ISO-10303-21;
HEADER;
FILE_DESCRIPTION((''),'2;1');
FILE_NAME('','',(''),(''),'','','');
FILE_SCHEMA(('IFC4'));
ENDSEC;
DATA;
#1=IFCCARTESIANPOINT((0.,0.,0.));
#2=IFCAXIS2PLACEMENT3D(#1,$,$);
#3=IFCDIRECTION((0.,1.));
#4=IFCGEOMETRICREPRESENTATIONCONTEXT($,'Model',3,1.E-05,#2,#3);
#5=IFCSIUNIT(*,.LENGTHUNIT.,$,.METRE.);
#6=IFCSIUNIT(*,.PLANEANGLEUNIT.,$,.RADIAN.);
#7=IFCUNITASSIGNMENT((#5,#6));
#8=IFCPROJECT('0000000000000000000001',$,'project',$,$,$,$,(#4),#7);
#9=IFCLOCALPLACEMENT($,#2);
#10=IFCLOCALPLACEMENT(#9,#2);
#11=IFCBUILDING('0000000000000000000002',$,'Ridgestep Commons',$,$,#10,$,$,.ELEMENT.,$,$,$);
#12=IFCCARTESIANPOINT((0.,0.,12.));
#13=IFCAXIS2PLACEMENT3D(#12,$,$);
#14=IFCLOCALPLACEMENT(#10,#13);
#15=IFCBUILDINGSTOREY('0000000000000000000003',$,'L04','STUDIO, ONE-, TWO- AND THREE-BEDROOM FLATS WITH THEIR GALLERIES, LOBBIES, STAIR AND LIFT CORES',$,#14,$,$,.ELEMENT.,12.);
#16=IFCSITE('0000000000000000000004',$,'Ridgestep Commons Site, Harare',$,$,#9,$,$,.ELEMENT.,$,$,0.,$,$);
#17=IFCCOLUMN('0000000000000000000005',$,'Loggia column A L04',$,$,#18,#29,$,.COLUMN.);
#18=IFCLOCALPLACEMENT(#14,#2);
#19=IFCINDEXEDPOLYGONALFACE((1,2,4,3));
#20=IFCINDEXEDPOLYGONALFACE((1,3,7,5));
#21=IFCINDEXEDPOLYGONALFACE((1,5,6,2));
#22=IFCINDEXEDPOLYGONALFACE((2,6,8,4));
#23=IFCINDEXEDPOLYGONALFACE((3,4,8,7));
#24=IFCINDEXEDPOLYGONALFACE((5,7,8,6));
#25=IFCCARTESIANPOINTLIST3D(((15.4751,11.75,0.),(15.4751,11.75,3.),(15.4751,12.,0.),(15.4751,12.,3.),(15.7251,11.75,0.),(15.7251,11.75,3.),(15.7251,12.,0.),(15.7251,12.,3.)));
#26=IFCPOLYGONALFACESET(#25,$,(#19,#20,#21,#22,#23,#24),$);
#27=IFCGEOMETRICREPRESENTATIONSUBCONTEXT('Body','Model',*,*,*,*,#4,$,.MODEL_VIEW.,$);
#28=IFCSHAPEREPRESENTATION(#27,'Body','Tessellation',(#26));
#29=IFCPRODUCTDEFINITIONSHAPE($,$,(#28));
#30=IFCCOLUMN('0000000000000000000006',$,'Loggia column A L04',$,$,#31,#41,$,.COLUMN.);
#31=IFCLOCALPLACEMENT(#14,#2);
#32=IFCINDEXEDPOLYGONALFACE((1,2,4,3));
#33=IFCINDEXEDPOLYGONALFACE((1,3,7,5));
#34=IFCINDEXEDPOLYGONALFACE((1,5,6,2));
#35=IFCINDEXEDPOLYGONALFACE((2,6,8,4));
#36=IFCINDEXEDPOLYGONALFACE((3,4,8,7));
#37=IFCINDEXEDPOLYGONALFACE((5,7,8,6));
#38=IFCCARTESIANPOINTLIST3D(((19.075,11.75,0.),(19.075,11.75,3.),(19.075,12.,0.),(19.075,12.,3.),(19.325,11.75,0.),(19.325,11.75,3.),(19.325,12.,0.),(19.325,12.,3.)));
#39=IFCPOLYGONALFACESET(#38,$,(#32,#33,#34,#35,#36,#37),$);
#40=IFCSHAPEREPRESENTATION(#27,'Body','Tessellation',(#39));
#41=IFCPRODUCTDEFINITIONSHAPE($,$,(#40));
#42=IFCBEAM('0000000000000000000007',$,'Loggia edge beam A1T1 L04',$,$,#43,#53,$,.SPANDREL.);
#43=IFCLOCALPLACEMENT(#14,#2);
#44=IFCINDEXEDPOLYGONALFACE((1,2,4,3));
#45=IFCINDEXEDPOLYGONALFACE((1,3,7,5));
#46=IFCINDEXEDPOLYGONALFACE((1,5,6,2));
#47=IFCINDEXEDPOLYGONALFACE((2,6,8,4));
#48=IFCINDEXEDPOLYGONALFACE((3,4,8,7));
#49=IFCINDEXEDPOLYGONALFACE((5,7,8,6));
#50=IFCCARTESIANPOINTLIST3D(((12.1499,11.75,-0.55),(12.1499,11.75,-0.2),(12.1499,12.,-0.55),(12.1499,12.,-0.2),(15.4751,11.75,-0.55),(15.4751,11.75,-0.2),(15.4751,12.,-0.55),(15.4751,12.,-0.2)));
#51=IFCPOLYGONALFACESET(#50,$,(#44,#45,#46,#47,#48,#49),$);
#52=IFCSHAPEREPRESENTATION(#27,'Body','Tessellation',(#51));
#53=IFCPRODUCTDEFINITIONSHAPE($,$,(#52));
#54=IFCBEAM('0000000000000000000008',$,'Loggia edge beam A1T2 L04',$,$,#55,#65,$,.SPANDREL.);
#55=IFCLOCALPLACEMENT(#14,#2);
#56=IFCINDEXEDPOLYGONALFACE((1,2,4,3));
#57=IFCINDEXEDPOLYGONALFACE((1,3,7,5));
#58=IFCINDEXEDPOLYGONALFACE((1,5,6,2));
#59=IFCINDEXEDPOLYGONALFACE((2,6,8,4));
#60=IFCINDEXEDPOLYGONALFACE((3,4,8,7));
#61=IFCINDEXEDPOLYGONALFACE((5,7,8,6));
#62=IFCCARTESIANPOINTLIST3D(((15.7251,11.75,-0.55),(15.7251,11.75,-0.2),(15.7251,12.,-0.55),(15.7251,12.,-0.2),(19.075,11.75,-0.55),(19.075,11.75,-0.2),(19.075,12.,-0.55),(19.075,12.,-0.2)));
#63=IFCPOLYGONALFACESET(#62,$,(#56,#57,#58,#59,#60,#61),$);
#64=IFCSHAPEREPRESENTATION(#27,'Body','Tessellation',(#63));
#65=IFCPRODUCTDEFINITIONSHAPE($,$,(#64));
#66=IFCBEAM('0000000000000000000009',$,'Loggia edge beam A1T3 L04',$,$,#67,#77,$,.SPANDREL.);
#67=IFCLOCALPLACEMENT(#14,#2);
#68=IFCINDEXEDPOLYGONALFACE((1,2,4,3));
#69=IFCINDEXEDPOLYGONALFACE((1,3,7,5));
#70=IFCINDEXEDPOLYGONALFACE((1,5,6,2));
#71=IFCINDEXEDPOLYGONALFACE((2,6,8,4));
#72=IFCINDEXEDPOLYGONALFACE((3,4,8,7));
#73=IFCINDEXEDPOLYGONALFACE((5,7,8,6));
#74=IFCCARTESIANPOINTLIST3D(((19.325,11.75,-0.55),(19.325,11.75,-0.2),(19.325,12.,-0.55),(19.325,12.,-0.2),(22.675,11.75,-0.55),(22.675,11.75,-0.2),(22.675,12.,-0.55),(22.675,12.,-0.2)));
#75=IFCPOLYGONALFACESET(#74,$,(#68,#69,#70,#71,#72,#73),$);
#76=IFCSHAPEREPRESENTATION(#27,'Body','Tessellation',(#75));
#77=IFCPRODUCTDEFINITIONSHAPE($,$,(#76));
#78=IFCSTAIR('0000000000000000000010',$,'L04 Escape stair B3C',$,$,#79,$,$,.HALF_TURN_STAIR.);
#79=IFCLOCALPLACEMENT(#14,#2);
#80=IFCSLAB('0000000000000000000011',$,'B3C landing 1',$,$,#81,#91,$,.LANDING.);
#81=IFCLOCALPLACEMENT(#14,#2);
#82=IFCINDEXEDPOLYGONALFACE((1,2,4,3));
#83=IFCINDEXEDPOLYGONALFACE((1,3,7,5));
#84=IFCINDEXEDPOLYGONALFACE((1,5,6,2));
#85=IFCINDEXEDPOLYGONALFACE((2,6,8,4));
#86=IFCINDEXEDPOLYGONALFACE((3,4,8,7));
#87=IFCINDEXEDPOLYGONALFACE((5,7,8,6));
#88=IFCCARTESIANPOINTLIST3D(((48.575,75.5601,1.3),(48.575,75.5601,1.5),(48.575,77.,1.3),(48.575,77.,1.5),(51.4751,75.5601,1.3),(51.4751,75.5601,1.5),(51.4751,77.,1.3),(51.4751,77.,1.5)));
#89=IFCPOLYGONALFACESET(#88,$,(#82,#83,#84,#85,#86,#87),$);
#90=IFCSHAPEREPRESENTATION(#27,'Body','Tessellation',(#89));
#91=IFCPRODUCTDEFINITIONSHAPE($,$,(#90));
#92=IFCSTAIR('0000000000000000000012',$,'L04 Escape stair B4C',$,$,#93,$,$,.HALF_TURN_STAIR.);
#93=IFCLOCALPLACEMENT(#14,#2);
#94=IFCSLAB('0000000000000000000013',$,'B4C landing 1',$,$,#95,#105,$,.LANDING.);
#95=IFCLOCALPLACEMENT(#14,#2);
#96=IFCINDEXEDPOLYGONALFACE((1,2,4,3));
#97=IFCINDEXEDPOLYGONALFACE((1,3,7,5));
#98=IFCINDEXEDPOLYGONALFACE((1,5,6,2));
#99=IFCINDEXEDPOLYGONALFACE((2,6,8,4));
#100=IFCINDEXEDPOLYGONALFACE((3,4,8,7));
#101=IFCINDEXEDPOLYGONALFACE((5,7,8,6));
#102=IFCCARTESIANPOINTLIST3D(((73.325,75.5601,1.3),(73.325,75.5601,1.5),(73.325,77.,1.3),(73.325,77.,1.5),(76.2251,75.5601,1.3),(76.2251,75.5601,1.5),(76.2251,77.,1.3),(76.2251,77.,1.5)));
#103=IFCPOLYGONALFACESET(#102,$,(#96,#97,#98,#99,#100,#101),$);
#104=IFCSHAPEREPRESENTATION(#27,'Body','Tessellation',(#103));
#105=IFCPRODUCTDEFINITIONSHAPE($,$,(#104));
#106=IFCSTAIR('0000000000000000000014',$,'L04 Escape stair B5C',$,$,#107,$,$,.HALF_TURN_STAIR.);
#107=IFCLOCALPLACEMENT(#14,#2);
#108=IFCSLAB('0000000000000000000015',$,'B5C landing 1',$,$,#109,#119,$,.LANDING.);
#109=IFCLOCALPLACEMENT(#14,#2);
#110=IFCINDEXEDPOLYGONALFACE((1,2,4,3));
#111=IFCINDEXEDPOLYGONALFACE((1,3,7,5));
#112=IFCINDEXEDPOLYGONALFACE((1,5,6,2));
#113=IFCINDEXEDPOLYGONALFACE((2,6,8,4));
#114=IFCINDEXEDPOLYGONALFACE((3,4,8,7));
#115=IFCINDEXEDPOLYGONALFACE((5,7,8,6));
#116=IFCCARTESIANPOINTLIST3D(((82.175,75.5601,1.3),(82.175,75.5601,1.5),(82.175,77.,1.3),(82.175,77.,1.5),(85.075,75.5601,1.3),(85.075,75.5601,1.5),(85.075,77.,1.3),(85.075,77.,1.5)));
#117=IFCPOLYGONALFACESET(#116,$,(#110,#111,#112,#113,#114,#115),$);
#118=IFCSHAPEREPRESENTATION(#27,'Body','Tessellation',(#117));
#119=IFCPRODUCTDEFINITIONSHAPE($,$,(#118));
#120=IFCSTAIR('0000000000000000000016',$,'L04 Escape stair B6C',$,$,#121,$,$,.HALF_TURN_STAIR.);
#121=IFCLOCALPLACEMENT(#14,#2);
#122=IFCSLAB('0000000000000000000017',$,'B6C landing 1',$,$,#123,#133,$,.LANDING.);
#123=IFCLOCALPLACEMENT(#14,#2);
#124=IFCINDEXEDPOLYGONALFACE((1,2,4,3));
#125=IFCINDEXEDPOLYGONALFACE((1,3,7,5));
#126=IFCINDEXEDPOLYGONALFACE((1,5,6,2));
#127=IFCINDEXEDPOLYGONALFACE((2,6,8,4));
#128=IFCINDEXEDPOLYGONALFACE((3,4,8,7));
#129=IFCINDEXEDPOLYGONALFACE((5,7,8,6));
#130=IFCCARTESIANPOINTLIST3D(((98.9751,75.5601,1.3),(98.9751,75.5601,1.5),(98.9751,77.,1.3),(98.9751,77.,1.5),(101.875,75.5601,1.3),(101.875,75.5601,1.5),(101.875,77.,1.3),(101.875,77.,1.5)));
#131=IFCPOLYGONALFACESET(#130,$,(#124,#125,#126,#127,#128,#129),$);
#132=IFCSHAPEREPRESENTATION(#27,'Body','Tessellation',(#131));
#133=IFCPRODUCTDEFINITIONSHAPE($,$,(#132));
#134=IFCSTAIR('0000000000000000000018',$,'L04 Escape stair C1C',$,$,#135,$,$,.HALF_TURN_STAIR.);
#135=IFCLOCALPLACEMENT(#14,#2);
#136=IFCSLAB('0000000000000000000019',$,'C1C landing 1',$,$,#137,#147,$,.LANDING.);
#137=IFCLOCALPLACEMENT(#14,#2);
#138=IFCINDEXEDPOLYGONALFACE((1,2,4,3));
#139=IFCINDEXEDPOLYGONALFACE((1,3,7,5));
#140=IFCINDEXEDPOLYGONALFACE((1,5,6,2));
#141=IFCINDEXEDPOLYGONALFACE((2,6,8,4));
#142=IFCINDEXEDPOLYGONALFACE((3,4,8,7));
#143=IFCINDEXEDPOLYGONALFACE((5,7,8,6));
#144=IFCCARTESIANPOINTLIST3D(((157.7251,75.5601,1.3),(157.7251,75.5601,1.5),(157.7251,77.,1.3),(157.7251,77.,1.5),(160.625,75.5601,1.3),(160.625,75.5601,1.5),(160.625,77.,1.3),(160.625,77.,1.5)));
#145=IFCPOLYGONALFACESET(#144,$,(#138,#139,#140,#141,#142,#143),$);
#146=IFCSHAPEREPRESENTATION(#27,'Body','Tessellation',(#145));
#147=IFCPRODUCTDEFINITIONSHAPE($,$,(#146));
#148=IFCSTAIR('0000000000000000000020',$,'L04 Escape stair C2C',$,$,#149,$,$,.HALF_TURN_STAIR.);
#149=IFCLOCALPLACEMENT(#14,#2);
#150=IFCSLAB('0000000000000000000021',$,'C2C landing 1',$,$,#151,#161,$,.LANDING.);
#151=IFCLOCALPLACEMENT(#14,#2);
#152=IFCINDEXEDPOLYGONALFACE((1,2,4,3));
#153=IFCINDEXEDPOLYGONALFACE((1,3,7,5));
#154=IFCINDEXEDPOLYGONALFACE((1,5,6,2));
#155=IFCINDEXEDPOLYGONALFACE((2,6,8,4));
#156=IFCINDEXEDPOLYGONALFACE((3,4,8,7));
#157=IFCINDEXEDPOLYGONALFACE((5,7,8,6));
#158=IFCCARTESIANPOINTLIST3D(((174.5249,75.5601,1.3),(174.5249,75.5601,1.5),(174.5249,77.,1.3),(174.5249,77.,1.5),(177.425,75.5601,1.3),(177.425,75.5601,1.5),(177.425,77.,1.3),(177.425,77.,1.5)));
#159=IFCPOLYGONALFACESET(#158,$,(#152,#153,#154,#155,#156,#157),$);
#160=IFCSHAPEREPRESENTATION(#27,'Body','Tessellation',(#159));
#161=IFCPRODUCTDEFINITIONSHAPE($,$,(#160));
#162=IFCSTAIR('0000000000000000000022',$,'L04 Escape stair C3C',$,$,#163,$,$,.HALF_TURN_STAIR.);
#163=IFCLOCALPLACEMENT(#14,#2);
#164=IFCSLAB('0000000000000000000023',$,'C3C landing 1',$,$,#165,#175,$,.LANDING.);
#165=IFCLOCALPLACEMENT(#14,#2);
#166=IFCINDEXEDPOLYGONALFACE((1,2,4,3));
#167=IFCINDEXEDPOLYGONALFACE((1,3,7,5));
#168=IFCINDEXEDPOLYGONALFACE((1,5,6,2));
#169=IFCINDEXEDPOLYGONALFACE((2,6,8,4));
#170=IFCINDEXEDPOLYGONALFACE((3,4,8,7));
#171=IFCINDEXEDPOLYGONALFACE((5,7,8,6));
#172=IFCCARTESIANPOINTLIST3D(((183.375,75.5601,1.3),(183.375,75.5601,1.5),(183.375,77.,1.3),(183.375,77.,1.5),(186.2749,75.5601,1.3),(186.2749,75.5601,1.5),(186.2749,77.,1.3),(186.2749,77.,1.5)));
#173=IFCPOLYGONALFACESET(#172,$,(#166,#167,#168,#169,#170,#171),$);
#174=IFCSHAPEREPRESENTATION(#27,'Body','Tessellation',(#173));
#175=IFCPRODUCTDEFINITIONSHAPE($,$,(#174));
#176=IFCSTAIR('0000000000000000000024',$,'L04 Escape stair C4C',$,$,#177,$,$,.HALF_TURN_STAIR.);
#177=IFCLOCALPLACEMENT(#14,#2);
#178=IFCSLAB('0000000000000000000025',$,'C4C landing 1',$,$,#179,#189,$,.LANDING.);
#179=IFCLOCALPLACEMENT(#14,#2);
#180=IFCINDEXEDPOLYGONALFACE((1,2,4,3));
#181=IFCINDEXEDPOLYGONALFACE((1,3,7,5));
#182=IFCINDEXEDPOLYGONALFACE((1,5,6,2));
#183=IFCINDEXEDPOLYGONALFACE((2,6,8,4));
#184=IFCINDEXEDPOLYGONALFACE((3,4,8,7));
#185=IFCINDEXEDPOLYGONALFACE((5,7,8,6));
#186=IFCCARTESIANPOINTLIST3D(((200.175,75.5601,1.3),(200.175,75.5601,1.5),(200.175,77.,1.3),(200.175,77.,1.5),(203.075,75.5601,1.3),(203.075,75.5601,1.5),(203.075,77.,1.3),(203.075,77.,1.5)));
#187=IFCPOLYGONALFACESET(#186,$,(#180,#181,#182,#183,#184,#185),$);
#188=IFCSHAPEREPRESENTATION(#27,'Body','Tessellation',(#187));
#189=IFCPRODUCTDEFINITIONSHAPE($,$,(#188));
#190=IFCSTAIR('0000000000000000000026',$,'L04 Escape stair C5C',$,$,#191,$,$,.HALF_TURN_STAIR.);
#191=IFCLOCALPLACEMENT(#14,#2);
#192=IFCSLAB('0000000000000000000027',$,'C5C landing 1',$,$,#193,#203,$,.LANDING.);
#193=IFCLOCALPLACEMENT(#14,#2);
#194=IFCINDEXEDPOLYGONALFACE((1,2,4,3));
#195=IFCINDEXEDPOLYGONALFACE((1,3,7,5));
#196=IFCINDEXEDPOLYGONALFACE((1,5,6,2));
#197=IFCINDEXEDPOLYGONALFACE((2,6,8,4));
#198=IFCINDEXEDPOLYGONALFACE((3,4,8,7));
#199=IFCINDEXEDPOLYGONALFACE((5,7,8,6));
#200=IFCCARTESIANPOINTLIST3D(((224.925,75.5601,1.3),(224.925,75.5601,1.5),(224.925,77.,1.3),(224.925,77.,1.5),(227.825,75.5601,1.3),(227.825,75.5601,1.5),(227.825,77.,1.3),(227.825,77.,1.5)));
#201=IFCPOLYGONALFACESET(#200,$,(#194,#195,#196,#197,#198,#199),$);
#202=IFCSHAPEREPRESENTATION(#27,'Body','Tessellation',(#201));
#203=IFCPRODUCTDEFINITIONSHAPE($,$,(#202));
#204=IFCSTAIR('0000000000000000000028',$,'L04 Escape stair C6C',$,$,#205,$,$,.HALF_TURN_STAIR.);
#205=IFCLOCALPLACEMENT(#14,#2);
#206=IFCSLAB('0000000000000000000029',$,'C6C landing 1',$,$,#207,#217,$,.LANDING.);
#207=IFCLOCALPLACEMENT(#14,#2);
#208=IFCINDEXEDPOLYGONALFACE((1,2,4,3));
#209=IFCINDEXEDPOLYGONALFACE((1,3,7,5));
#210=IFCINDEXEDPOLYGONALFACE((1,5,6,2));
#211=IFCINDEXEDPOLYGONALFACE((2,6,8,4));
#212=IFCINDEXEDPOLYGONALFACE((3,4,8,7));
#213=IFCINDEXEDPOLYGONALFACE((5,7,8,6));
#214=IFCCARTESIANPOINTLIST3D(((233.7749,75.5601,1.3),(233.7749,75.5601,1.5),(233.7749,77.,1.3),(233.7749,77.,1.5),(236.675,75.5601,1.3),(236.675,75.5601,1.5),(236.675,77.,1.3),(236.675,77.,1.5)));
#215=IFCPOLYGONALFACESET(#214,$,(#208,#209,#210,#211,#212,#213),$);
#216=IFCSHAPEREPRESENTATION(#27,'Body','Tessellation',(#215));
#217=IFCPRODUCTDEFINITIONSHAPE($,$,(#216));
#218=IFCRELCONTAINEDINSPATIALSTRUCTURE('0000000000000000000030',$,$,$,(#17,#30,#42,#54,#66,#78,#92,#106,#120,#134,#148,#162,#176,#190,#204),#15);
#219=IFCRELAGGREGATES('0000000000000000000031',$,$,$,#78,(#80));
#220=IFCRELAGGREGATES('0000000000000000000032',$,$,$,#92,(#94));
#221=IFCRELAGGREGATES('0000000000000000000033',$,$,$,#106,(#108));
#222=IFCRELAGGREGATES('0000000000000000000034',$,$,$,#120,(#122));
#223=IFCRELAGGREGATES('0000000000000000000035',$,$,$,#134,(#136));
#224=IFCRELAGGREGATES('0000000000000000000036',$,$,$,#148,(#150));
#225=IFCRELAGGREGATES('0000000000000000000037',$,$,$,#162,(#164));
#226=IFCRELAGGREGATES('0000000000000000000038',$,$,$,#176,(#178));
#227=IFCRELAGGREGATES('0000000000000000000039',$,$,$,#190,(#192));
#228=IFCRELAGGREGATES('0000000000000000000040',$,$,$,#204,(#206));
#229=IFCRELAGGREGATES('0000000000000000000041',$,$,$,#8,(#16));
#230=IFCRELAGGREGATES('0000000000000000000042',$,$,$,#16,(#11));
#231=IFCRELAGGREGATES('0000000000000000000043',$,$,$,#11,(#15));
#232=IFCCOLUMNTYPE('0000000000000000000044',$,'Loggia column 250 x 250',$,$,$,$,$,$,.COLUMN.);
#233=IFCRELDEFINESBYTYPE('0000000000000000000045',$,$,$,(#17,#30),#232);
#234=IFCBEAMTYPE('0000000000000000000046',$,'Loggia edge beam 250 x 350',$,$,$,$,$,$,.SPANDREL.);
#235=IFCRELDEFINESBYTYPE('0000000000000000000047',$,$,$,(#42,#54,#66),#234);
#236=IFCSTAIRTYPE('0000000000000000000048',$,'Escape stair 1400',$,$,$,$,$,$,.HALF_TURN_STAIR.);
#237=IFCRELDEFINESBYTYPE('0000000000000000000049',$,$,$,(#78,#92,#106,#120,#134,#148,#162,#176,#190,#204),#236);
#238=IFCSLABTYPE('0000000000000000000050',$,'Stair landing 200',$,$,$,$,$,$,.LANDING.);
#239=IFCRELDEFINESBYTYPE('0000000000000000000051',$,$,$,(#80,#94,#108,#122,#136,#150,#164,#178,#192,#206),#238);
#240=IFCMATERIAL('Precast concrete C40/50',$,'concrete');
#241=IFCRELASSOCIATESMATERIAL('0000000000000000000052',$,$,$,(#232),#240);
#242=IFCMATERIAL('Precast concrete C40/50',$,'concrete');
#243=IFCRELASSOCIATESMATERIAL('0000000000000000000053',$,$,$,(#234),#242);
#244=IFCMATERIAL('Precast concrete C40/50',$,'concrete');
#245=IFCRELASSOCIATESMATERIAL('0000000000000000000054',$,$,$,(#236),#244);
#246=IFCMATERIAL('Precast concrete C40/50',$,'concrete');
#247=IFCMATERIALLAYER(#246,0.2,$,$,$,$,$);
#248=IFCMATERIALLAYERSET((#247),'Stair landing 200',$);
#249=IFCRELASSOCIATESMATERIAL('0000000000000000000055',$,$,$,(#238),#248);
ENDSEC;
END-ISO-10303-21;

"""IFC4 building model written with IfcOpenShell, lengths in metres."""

from ifc_helpers import new_model, si_unit, direction, frame, origin, origin_2d, place, context, subcontext, project, spatial, polyline, rectangle, outline, extrude, material, layer, layer_set, material_profile, profile_set, type_object, element, aggregate, save


model = new_model("IFC4")

# Units and contexts
model_context = context("Model", 3, precision=1e-05, world=origin(), true_north=direction((0.0, 1.0)))
body_context = subcontext(model_context, "Body", "Model", "MODEL_VIEW")
ifc_project = project(units=[si_unit("LENGTHUNIT", "METRE"), si_unit("PLANEANGLEUNIT", "RADIAN")], contexts=[model_context])

# Site, building, storey
site_placement = place(None, origin())
site = spatial("IfcSite", under=ifc_project, at=site_placement, Name="Ridgestep Commons Site, Harare", CompositionType="ELEMENT", RefElevation=0.0)
building_placement = place(site_placement, origin())
building = spatial("IfcBuilding", under=site, at=building_placement, Name="Ridgestep Commons", CompositionType="ELEMENT")
storey_placement = place(building_placement, frame((0.0, 0.0, 12.0)))
storey = spatial("IfcBuildingStorey", under=building, at=storey_placement, Name="L04", Description="STUDIO, ONE-, TWO- AND THREE-BEDROOM FLATS WITH THEIR GALLERIES, LOBBIES, STAIR AND LIFT CORES", CompositionType="ELEMENT", Elevation=12.0)

# Columns
ifc_material_1 = material(Name="Precast concrete C40/50", Category="concrete")
ifc_material_profile_1 = material_profile(ifc_material_1, rectangle(XDim=0.25, YDim=0.25, at=origin_2d()), Name="PC 250x250")
ifc_profile_set_1 = profile_set([ifc_material_profile_1], Name="Precast concrete C40/50")
column_type = type_object("IfcColumnType", Name="Loggia column 250 x 250", PredefinedType="COLUMN", material=ifc_profile_set_1)
for number, where, z_axis, x_axis, name in (
    (1, (15.6001, 11.875, 0.0), (0.0, 0.0, 1.0), (1.0, 0.0, 0.0), "Loggia column A L04"),
    (2, (19.2, 11.875, 0.0), (0.0, 0.0, 1.0), (1.0, 0.0, 0.0), "Loggia column A L04"),
):
    element("IfcColumn", number, at=place(storey_placement, frame(where, z_axis=z_axis, x_axis=x_axis)), inside=storey, type_object=column_type, Name=name, PredefinedType="COLUMN", context=body_context, shape_type="SweptSolid", body=[
        extrude(rectangle(XDim=0.25, YDim=0.25, at=origin_2d()), origin(), (0.0, 0.0, 1.0), 3.0),
    ])

# Beams
ifc_material_2 = material(Name="Precast concrete C40/50", Category="concrete")
ifc_material_profile_2 = material_profile(ifc_material_2, rectangle(XDim=0.25, YDim=0.3501, at=origin_2d()), Name="PC 250x350")
ifc_profile_set_2 = profile_set([ifc_material_profile_2], Name="Precast concrete C40/50")
beam_type = type_object("IfcBeamType", Name="Loggia edge beam 250 x 350", PredefinedType="SPANDREL", material=ifc_profile_set_2)
beam_1_placement = place(storey_placement, frame((12.1499, 11.875, -0.375), z_axis=(1.0, 0.0, 0.0), x_axis=(0.0, 1.0, 0.0)))
element("IfcBeam", 3, at=beam_1_placement, inside=storey, type_object=beam_type, Name="Loggia edge beam A1T1 L04", PredefinedType="SPANDREL", context=body_context, shape_type="SweptSolid", body=[
    extrude(rectangle(XDim=0.25, YDim=0.3501, at=origin_2d()), origin(), (0.0, 0.0, 1.0), 3.3252),
])
beam_2_placement = place(storey_placement, frame((15.7251, 11.875, -0.375), z_axis=(1.0, 0.0, 0.0), x_axis=(0.0, 1.0, 0.0)))
element("IfcBeam", 4, at=beam_2_placement, inside=storey, type_object=beam_type, Name="Loggia edge beam A1T2 L04", PredefinedType="SPANDREL", context=body_context, shape_type="SweptSolid", body=[
    extrude(rectangle(XDim=0.25, YDim=0.3501, at=origin_2d()), origin(), (0.0, 0.0, 1.0), 3.3499),
])
beam_3_placement = place(storey_placement, frame((19.325, 11.875, -0.375), z_axis=(1.0, 0.0, 0.0), x_axis=(0.0, 1.0, 0.0)))
element("IfcBeam", 5, at=beam_3_placement, inside=storey, type_object=beam_type, Name="Loggia edge beam A1T3 L04", PredefinedType="SPANDREL", context=body_context, shape_type="SweptSolid", body=[
    extrude(rectangle(XDim=0.25, YDim=0.3501, at=origin_2d()), origin(), (0.0, 0.0, 1.0), 3.3501),
])

# Stairs, slabs
ifc_material_3 = material(Name="Precast concrete C40/50", Category="concrete")
stair_type = type_object("IfcStairType", Name="Escape stair 1400", PredefinedType="HALF_TURN_STAIR", material=ifc_material_3)
stair_1_placement = place(storey_placement, origin())
stair_1 = element("IfcStair", 6, at=stair_1_placement, inside=storey, type_object=stair_type, Name="L04 Escape stair B3C", PredefinedType="HALF_TURN_STAIR")
ifc_material_4 = material(Name="Precast concrete C40/50", Category="concrete")
ifc_layer_1 = layer(ifc_material_4, 0.2)
ifc_layer_set_1 = layer_set([ifc_layer_1], Name="Stair landing 200")
slab_type = type_object("IfcSlabType", Name="Stair landing 200", PredefinedType="LANDING", material=ifc_layer_set_1)
slab_1_placement = place(storey_placement, frame((0.0, 0.0, 1.3)))
slab_1 = element("IfcSlab", 7, at=slab_1_placement, type_object=slab_type, Name="B3C landing 1", PredefinedType="LANDING", context=body_context, shape_type="SweptSolid", body=[
    extrude(outline(polyline([(51.4751, 75.5601), (51.4751, 77.0), (48.575, 77.0), (48.575, 75.5601), (51.4751, 75.5601)])), origin(), (0.0, 0.0, 1.0), 0.2),
])
aggregate(stair_1, [slab_1])
stair_2_placement = place(storey_placement, origin())
stair_2 = element("IfcStair", 8, at=stair_2_placement, inside=storey, type_object=stair_type, Name="L04 Escape stair B4C", PredefinedType="HALF_TURN_STAIR")
slab_2_placement = place(storey_placement, frame((0.0, 0.0, 1.3)))
slab_2 = element("IfcSlab", 9, at=slab_2_placement, type_object=slab_type, Name="B4C landing 1", PredefinedType="LANDING", context=body_context, shape_type="SweptSolid", body=[
    extrude(outline(polyline([(76.2251, 75.5601), (76.2251, 77.0), (73.325, 77.0), (73.325, 75.5601), (76.2251, 75.5601)])), origin(), (0.0, 0.0, 1.0), 0.2),
])
aggregate(stair_2, [slab_2])
stair_3_placement = place(storey_placement, origin())
stair_3 = element("IfcStair", 10, at=stair_3_placement, inside=storey, type_object=stair_type, Name="L04 Escape stair B5C", PredefinedType="HALF_TURN_STAIR")
slab_3_placement = place(storey_placement, frame((0.0, 0.0, 1.3)))
slab_3 = element("IfcSlab", 11, at=slab_3_placement, type_object=slab_type, Name="B5C landing 1", PredefinedType="LANDING", context=body_context, shape_type="SweptSolid", body=[
    extrude(outline(polyline([(85.075, 75.5601), (85.075, 77.0), (82.175, 77.0), (82.175, 75.5601), (85.075, 75.5601)])), origin(), (0.0, 0.0, 1.0), 0.2),
])
aggregate(stair_3, [slab_3])
stair_4_placement = place(storey_placement, origin())
stair_4 = element("IfcStair", 12, at=stair_4_placement, inside=storey, type_object=stair_type, Name="L04 Escape stair B6C", PredefinedType="HALF_TURN_STAIR")
slab_4_placement = place(storey_placement, frame((0.0, 0.0, 1.3)))
slab_4 = element("IfcSlab", 13, at=slab_4_placement, type_object=slab_type, Name="B6C landing 1", PredefinedType="LANDING", context=body_context, shape_type="SweptSolid", body=[
    extrude(outline(polyline([(101.875, 75.5601), (101.875, 77.0), (98.9751, 77.0), (98.9751, 75.5601), (101.875, 75.5601)])), origin(), (0.0, 0.0, 1.0), 0.2),
])
aggregate(stair_4, [slab_4])
stair_5_placement = place(storey_placement, origin())
stair_5 = element("IfcStair", 14, at=stair_5_placement, inside=storey, type_object=stair_type, Name="L04 Escape stair C1C", PredefinedType="HALF_TURN_STAIR")
slab_5_placement = place(storey_placement, frame((0.0, 0.0, 1.3)))
slab_5 = element("IfcSlab", 15, at=slab_5_placement, type_object=slab_type, Name="C1C landing 1", PredefinedType="LANDING", context=body_context, shape_type="SweptSolid", body=[
    extrude(outline(polyline([(160.625, 75.5601), (160.625, 77.0), (157.7251, 77.0), (157.7251, 75.5601), (160.625, 75.5601)])), origin(), (0.0, 0.0, 1.0), 0.2),
])
aggregate(stair_5, [slab_5])
stair_6_placement = place(storey_placement, origin())
stair_6 = element("IfcStair", 16, at=stair_6_placement, inside=storey, type_object=stair_type, Name="L04 Escape stair C2C", PredefinedType="HALF_TURN_STAIR")
slab_6_placement = place(storey_placement, frame((0.0, 0.0, 1.3)))
slab_6 = element("IfcSlab", 17, at=slab_6_placement, type_object=slab_type, Name="C2C landing 1", PredefinedType="LANDING", context=body_context, shape_type="SweptSolid", body=[
    extrude(outline(polyline([(177.425, 75.5601), (177.425, 77.0), (174.5249, 77.0), (174.5249, 75.5601), (177.425, 75.5601)])), origin(), (0.0, 0.0, 1.0), 0.2),
])
aggregate(stair_6, [slab_6])
stair_7_placement = place(storey_placement, origin())
stair_7 = element("IfcStair", 18, at=stair_7_placement, inside=storey, type_object=stair_type, Name="L04 Escape stair C3C", PredefinedType="HALF_TURN_STAIR")
slab_7_placement = place(storey_placement, frame((0.0, 0.0, 1.3)))
slab_7 = element("IfcSlab", 19, at=slab_7_placement, type_object=slab_type, Name="C3C landing 1", PredefinedType="LANDING", context=body_context, shape_type="SweptSolid", body=[
    extrude(outline(polyline([(186.2749, 75.5601), (186.2749, 77.0), (183.375, 77.0), (183.375, 75.5601), (186.2749, 75.5601)])), origin(), (0.0, 0.0, 1.0), 0.2),
])
aggregate(stair_7, [slab_7])
stair_8_placement = place(storey_placement, origin())
stair_8 = element("IfcStair", 20, at=stair_8_placement, inside=storey, type_object=stair_type, Name="L04 Escape stair C4C", PredefinedType="HALF_TURN_STAIR")
slab_8_placement = place(storey_placement, frame((0.0, 0.0, 1.3)))
slab_8 = element("IfcSlab", 21, at=slab_8_placement, type_object=slab_type, Name="C4C landing 1", PredefinedType="LANDING", context=body_context, shape_type="SweptSolid", body=[
    extrude(outline(polyline([(203.075, 75.5601), (203.075, 77.0), (200.175, 77.0), (200.175, 75.5601), (203.075, 75.5601)])), origin(), (0.0, 0.0, 1.0), 0.2),
])
aggregate(stair_8, [slab_8])
stair_9_placement = place(storey_placement, origin())
stair_9 = element("IfcStair", 22, at=stair_9_placement, inside=storey, type_object=stair_type, Name="L04 Escape stair C5C", PredefinedType="HALF_TURN_STAIR")
slab_9_placement = place(storey_placement, frame((0.0, 0.0, 1.3)))
slab_9 = element("IfcSlab", 23, at=slab_9_placement, type_object=slab_type, Name="C5C landing 1", PredefinedType="LANDING", context=body_context, shape_type="SweptSolid", body=[
    extrude(outline(polyline([(227.825, 75.5601), (227.825, 77.0), (224.925, 77.0), (224.925, 75.5601), (227.825, 75.5601)])), origin(), (0.0, 0.0, 1.0), 0.2),
])
aggregate(stair_9, [slab_9])
stair_10_placement = place(storey_placement, origin())
stair_10 = element("IfcStair", 24, at=stair_10_placement, inside=storey, type_object=stair_type, Name="L04 Escape stair C6C", PredefinedType="HALF_TURN_STAIR")
slab_10_placement = place(storey_placement, frame((0.0, 0.0, 1.3)))
slab_10 = element("IfcSlab", 25, at=slab_10_placement, type_object=slab_type, Name="C6C landing 1", PredefinedType="LANDING", context=body_context, shape_type="SweptSolid", body=[
    extrude(outline(polyline([(236.675, 75.5601), (236.675, 77.0), (233.7749, 77.0), (233.7749, 75.5601), (236.675, 75.5601)])), origin(), (0.0, 0.0, 1.0), 0.2),
])
aggregate(stair_10, [slab_10])

save(model, "model.ifc")
